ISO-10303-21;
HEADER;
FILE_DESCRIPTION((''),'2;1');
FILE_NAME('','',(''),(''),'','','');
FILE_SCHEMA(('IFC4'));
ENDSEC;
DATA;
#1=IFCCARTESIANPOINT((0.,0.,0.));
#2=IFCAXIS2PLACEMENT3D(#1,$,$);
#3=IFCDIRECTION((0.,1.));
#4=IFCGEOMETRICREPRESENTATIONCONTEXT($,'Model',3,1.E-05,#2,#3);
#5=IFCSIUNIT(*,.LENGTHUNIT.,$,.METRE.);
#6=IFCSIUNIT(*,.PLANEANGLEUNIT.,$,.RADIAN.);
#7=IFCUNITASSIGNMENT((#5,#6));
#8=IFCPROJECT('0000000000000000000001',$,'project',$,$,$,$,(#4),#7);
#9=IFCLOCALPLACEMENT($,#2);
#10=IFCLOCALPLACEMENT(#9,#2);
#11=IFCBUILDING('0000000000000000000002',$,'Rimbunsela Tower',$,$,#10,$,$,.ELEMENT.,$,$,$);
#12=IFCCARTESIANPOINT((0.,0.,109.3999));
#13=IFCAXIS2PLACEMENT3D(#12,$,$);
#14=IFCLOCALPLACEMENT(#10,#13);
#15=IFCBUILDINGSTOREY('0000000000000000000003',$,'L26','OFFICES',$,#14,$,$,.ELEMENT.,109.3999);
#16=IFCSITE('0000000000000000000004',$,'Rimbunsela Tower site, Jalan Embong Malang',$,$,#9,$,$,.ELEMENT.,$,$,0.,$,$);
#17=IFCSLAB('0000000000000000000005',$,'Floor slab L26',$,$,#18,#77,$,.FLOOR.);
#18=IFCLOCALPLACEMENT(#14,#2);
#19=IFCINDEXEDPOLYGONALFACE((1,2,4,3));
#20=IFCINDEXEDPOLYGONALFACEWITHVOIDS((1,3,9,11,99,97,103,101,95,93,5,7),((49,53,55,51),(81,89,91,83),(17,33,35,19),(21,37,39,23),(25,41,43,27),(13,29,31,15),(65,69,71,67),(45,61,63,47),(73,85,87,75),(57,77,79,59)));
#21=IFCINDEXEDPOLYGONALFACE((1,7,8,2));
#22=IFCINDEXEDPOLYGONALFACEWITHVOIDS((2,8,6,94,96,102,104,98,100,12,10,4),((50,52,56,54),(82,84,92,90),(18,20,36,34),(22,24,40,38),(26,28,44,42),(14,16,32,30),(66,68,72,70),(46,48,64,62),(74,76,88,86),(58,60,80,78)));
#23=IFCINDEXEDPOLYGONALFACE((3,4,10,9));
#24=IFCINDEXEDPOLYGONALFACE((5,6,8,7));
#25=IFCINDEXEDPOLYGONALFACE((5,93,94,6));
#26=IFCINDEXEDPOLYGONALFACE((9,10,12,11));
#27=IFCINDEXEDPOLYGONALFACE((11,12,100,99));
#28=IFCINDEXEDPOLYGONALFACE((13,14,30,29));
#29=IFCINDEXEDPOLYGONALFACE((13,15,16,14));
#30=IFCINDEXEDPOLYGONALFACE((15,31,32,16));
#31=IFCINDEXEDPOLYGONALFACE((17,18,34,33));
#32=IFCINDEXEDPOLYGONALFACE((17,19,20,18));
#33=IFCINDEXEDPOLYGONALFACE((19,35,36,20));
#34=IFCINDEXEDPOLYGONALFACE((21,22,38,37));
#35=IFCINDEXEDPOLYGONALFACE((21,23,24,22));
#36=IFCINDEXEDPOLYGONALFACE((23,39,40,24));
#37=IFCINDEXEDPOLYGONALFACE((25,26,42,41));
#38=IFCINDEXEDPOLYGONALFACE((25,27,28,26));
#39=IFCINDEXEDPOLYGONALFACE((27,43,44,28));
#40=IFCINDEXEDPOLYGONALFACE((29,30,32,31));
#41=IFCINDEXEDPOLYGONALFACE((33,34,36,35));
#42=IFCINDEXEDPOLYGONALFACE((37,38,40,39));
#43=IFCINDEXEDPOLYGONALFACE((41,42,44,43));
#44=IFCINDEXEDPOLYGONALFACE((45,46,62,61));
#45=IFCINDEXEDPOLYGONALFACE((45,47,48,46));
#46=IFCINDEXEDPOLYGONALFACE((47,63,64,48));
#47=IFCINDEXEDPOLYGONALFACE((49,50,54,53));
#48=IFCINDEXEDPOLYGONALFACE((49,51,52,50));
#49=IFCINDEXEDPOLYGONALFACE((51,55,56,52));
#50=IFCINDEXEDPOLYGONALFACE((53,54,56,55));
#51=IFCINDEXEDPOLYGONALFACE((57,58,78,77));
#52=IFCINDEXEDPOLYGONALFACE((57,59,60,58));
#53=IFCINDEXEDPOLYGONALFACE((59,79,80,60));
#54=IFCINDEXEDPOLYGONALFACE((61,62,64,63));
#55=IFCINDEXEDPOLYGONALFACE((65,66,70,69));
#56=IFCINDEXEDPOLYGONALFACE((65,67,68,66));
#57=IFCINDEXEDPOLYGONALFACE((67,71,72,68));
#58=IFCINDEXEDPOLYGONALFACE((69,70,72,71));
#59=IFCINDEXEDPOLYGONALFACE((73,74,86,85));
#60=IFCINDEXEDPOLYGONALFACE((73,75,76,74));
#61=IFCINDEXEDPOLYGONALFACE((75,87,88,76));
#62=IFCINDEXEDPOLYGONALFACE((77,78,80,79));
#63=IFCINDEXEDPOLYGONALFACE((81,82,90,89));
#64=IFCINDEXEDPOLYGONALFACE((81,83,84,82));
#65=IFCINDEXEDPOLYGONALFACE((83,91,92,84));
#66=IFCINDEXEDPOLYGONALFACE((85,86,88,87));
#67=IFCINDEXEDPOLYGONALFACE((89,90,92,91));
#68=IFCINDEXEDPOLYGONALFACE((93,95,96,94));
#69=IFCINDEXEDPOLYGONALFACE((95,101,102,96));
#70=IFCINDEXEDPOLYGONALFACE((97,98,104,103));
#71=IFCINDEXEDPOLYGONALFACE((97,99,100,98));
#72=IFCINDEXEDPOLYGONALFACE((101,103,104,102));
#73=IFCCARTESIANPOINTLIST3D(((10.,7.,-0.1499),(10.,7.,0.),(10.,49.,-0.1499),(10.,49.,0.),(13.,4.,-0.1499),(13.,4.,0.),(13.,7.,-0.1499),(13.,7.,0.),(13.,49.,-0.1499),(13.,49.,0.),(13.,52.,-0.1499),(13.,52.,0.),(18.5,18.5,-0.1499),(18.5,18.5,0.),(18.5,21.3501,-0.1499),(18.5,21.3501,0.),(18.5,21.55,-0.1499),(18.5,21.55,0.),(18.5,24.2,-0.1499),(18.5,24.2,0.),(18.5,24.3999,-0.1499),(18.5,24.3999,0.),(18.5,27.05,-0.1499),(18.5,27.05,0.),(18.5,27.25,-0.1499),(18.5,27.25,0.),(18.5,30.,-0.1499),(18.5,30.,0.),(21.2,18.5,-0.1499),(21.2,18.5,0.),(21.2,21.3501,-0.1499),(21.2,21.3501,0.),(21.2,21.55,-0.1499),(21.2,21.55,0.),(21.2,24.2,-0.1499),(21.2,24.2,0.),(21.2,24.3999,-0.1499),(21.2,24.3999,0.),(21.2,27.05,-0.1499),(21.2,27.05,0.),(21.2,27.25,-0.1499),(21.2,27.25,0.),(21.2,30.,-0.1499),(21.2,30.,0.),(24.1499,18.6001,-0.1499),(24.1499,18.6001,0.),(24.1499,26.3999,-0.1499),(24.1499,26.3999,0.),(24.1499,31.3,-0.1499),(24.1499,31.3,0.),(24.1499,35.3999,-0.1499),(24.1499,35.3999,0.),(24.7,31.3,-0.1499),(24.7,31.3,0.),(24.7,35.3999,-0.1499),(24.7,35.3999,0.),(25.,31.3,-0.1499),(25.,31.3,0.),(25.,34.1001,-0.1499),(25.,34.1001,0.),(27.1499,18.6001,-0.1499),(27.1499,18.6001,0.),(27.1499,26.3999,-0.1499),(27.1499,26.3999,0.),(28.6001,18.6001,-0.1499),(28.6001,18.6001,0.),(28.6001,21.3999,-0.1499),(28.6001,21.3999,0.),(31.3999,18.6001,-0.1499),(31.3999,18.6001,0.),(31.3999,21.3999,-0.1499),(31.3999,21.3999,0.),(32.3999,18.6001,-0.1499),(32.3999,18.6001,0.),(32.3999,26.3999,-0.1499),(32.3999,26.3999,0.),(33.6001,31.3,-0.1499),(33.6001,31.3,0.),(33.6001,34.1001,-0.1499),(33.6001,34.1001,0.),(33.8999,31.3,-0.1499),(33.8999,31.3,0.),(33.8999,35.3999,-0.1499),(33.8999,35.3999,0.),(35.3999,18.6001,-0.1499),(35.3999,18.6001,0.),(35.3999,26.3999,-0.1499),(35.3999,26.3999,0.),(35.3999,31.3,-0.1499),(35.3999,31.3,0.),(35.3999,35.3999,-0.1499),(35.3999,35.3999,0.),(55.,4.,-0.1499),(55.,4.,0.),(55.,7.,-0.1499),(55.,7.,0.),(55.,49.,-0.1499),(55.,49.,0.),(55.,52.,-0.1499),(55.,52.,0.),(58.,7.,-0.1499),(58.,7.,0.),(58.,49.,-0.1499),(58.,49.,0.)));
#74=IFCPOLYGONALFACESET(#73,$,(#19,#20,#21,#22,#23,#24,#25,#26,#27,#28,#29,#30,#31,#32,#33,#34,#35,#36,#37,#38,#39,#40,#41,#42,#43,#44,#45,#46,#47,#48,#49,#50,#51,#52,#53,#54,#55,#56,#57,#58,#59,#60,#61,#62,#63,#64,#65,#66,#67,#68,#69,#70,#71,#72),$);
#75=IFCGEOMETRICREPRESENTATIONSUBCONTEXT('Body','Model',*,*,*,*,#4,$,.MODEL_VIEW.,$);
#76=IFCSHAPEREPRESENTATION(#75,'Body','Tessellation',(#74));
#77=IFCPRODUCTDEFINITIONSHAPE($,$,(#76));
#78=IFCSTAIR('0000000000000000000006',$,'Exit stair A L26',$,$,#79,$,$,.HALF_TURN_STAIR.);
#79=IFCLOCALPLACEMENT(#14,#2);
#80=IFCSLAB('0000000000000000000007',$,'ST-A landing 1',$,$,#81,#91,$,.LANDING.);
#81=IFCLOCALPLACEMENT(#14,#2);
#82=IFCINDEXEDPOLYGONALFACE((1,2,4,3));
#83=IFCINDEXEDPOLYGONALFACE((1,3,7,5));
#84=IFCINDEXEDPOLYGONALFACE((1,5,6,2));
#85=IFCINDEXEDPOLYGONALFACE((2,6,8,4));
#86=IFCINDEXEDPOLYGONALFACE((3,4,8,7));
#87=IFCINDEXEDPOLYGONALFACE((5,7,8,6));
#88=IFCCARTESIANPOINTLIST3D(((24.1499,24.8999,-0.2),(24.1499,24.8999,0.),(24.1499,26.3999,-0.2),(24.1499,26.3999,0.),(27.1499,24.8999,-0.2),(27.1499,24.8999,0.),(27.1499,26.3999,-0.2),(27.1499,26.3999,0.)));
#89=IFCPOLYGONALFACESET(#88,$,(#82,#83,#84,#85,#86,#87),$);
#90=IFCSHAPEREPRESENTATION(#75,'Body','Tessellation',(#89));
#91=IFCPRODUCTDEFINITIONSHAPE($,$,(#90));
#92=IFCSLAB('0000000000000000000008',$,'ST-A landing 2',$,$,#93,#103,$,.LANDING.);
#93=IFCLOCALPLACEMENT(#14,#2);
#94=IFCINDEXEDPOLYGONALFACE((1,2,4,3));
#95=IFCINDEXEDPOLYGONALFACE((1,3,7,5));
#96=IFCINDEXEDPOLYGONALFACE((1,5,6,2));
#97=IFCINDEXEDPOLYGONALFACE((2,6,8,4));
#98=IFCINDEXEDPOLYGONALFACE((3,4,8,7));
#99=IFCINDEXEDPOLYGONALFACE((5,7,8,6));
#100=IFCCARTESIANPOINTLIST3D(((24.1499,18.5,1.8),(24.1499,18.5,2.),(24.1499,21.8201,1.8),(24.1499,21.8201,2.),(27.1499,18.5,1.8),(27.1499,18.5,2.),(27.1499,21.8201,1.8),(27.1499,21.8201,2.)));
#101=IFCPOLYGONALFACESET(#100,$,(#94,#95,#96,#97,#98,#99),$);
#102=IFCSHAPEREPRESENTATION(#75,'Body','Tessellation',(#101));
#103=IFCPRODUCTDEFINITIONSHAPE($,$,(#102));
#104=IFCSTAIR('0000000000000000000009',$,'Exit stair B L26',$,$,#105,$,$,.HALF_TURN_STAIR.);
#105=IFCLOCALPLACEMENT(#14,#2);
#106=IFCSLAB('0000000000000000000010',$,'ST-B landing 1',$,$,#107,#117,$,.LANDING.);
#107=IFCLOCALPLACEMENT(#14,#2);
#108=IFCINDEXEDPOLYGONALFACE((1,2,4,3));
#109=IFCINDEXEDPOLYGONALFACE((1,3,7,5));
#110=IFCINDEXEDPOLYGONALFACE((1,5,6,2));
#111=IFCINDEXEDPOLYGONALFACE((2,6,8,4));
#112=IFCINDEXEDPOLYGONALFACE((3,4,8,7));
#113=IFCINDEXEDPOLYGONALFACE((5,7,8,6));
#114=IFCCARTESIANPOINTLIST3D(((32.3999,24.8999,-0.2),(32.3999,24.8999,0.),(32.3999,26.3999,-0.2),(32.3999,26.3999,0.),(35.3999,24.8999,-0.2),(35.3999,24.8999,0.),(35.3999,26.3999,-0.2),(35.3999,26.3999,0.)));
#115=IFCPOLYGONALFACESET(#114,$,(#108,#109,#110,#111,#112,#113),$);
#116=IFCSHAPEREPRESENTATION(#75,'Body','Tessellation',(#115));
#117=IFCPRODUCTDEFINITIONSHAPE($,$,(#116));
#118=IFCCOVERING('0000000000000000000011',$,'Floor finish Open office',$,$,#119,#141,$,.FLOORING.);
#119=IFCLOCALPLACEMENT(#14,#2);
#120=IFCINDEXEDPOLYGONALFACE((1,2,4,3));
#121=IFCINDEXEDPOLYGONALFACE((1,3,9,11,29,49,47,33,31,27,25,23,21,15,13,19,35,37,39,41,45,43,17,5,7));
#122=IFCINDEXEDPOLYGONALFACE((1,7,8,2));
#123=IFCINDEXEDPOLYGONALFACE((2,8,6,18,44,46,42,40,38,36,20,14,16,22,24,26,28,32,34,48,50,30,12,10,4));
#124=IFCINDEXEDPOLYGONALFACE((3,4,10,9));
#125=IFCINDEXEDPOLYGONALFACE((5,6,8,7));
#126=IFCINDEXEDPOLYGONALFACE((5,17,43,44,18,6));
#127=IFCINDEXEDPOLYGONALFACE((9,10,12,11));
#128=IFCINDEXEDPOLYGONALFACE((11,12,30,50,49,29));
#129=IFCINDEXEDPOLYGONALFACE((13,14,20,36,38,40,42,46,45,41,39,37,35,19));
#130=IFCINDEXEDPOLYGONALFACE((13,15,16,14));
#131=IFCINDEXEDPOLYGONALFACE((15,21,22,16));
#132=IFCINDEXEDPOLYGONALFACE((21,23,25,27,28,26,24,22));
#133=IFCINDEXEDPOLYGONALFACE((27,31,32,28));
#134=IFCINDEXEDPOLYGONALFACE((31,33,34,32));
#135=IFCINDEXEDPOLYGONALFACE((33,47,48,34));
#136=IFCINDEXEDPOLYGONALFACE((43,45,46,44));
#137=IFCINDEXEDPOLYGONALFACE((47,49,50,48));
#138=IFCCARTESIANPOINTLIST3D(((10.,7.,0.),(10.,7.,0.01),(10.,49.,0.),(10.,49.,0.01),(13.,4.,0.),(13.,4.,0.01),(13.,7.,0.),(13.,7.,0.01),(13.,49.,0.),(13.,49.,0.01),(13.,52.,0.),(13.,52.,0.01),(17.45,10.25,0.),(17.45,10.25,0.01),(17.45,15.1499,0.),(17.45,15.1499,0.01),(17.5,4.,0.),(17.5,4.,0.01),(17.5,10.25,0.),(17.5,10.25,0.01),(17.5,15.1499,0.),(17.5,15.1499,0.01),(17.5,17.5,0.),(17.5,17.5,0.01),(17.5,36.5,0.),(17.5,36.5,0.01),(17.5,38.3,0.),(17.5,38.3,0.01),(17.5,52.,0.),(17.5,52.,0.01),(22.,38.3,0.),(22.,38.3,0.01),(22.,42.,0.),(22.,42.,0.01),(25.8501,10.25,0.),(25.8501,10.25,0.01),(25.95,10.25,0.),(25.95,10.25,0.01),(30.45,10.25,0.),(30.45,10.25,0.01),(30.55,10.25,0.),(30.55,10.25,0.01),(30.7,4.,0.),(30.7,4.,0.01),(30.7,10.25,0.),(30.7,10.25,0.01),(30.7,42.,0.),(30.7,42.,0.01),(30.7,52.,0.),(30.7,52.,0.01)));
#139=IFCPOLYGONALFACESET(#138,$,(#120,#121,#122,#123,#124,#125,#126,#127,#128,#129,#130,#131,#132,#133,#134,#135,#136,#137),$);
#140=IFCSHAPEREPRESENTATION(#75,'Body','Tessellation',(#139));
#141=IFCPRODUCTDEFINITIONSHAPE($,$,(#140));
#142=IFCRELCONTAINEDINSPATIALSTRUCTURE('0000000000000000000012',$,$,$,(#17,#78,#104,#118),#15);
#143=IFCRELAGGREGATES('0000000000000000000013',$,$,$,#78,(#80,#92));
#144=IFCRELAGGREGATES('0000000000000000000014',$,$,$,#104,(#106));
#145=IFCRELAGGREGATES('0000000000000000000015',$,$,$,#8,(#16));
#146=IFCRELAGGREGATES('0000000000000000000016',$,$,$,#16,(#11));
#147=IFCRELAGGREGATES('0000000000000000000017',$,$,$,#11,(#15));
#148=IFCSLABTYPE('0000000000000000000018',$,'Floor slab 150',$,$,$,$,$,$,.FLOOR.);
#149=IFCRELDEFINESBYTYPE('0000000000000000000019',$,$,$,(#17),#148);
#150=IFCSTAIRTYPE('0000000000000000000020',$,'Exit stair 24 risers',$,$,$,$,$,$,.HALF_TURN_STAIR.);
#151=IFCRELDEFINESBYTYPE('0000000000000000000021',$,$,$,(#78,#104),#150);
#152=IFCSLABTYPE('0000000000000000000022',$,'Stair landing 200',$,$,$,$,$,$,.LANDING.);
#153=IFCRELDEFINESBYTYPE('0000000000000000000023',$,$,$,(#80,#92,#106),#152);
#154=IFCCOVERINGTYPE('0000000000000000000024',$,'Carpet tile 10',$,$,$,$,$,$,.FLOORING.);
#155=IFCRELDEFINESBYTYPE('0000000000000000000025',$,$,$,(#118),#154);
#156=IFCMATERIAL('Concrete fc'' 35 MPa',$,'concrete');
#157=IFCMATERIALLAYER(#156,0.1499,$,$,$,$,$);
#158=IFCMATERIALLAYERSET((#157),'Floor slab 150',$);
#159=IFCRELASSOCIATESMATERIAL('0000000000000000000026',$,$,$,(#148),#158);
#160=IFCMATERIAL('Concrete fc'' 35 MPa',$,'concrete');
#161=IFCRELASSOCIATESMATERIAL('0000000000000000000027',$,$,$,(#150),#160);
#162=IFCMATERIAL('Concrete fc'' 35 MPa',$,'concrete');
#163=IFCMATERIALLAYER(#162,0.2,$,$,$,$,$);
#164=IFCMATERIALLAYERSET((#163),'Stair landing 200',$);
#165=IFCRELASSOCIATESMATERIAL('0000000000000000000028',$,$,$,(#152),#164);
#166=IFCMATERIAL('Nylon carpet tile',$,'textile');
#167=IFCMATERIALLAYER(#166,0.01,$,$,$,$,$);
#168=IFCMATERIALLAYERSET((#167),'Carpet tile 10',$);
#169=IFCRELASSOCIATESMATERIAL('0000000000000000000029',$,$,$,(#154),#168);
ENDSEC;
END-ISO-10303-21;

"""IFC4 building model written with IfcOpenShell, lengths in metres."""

from ifc_helpers import new_model, si_unit, direction, frame, origin, place, context, subcontext, project, spatial, polyline, outline, extrude, material, layer, layer_set, type_object, element, aggregate, save


model = new_model("IFC4")

# Units and contexts
model_context = context("Model", 3, precision=1e-05, world=origin(), true_north=direction((0.0, 1.0)))
body_context = subcontext(model_context, "Body", "Model", "MODEL_VIEW")
ifc_project = project(units=[si_unit("LENGTHUNIT", "METRE"), si_unit("PLANEANGLEUNIT", "RADIAN")], contexts=[model_context])

# Site, building, storey
site_placement = place(None, origin())
site = spatial("IfcSite", under=ifc_project, at=site_placement, Name="Rimbunsela Tower site, Jalan Embong Malang", CompositionType="ELEMENT", RefElevation=0.0)
building_placement = place(site_placement, origin())
building = spatial("IfcBuilding", under=site, at=building_placement, Name="Rimbunsela Tower", CompositionType="ELEMENT")
storey_placement = place(building_placement, frame((0.0, 0.0, 109.3999)))
storey = spatial("IfcBuildingStorey", under=building, at=storey_placement, Name="L26", Description="OFFICES", CompositionType="ELEMENT", Elevation=109.3999)

# Slab
ifc_material_1 = material(Name="Concrete fc' 35 MPa", Category="concrete")
ifc_layer_1 = layer(ifc_material_1, 0.1499)
ifc_layer_set_1 = layer_set([ifc_layer_1], Name="Floor slab 150")
slab_type_1 = type_object("IfcSlabType", Name="Floor slab 150", PredefinedType="FLOOR", material=ifc_layer_set_1)
slab_1_placement = place(storey_placement, frame((0.0, 0.0, -0.1499)))
element("IfcSlab", 1, at=slab_1_placement, inside=storey, type_object=slab_type_1, Name="Floor slab L26", PredefinedType="FLOOR", context=body_context, shape_type="SweptSolid", body=[
    extrude(outline(polyline([(13.0, 4.0), (55.0, 4.0), (55.0, 7.0), (58.0, 7.0), (58.0, 49.0), (55.0, 49.0), (55.0, 52.0), (13.0, 52.0), (13.0, 49.0), (10.0, 49.0), (10.0, 7.0), (13.0, 7.0), (13.0, 4.0)]), holes=[polyline([(21.2, 21.3501), (18.5, 21.3501), (18.5, 18.5), (21.2, 18.5), (21.2, 21.3501)]), polyline([(21.2, 21.55), (21.2, 24.2), (18.5, 24.2), (18.5, 21.55), (21.2, 21.55)]), polyline([(21.2, 27.05), (18.5, 27.05), (18.5, 24.3999), (21.2, 24.3999), (21.2, 27.05)]), polyline([(21.2, 27.25), (21.2, 30.0), (18.5, 30.0), (18.5, 27.25), (21.2, 27.25)]), polyline([(27.1499, 18.6001), (27.1499, 26.3999), (24.1499, 26.3999), (24.1499, 18.6001), (27.1499, 18.6001)]), polyline([(24.7, 31.3), (24.7, 35.3999), (24.1499, 35.3999), (24.1499, 31.3), (24.7, 31.3)]), polyline([(25.0, 34.1001), (25.0, 31.3), (33.6001, 31.3), (33.6001, 34.1001), (25.0, 34.1001)]), polyline([(31.3999, 21.3999), (28.6001, 21.3999), (28.6001, 18.6001), (31.3999, 18.6001), (31.3999, 21.3999)]), polyline([(35.3999, 18.6001), (35.3999, 26.3999), (32.3999, 26.3999), (32.3999, 18.6001), (35.3999, 18.6001)]), polyline([(35.3999, 31.3), (35.3999, 35.3999), (33.8999, 35.3999), (33.8999, 31.3), (35.3999, 31.3)])]), origin(), (0.0, 0.0, 1.0), 0.1499),
])

# Stair, slabs
ifc_material_2 = material(Name="Concrete fc' 35 MPa", Category="concrete")
stair_type = type_object("IfcStairType", Name="Exit stair 24 risers", PredefinedType="HALF_TURN_STAIR", material=ifc_material_2)
stair_1_placement = place(storey_placement, origin())
stair_1 = element("IfcStair", 2, at=stair_1_placement, inside=storey, type_object=stair_type, Name="Exit stair A L26", PredefinedType="HALF_TURN_STAIR")
ifc_material_3 = material(Name="Concrete fc' 35 MPa", Category="concrete")
ifc_layer_2 = layer(ifc_material_3, 0.2)
ifc_layer_set_2 = layer_set([ifc_layer_2], Name="Stair landing 200")
slab_type_2 = type_object("IfcSlabType", Name="Stair landing 200", PredefinedType="LANDING", material=ifc_layer_set_2)
slab_2_placement = place(storey_placement, frame((0.0, 0.0, -0.2)))
slab_2 = element("IfcSlab", 3, at=slab_2_placement, type_object=slab_type_2, Name="ST-A landing 1", PredefinedType="LANDING", context=body_context, shape_type="SweptSolid", body=[
    extrude(outline(polyline([(24.1499, 24.8999), (27.1499, 24.8999), (27.1499, 26.3999), (24.1499, 26.3999), (24.1499, 24.8999)])), origin(), (0.0, 0.0, 1.0), 0.2),
])
slab_3_placement = place(storey_placement, frame((0.0, 0.0, 1.8)))
slab_3 = element("IfcSlab", 4, at=slab_3_placement, type_object=slab_type_2, Name="ST-A landing 2", PredefinedType="LANDING", context=body_context, shape_type="SweptSolid", body=[
    extrude(outline(polyline([(24.1499, 18.5), (27.1499, 18.5), (27.1499, 21.8201), (24.1499, 21.8201), (24.1499, 18.5)])), origin(), (0.0, 0.0, 1.0), 0.2),
])
aggregate(stair_1, [slab_2, slab_3])

# Stair, slab
stair_2_placement = place(storey_placement, origin())
stair_2 = element("IfcStair", 5, at=stair_2_placement, inside=storey, type_object=stair_type, Name="Exit stair B L26", PredefinedType="HALF_TURN_STAIR")
slab_4_placement = place(storey_placement, frame((0.0, 0.0, -0.2)))
slab_4 = element("IfcSlab", 6, at=slab_4_placement, type_object=slab_type_2, Name="ST-B landing 1", PredefinedType="LANDING", context=body_context, shape_type="SweptSolid", body=[
    extrude(outline(polyline([(32.3999, 24.8999), (35.3999, 24.8999), (35.3999, 26.3999), (32.3999, 26.3999), (32.3999, 24.8999)])), origin(), (0.0, 0.0, 1.0), 0.2),
])
aggregate(stair_2, [slab_4])

# Covering
ifc_material_4 = material(Name="Nylon carpet tile", Category="textile")
ifc_layer_3 = layer(ifc_material_4, 0.01)
ifc_layer_set_3 = layer_set([ifc_layer_3], Name="Carpet tile 10")
covering_type_1 = type_object("IfcCoveringType", Name="Carpet tile 10", PredefinedType="FLOORING", material=ifc_layer_set_3)
covering_1_placement = place(storey_placement, origin())
element("IfcCovering", 7, at=covering_1_placement, inside=storey, type_object=covering_type_1, Name="Floor finish Open office", PredefinedType="FLOORING", context=body_context, shape_type="SweptSolid", body=[
    extrude(outline(polyline([(17.5, 4.0), (13.0, 4.0), (13.0, 7.0), (10.0, 7.0), (10.0, 49.0), (13.0, 49.0), (13.0, 52.0), (17.5, 52.0), (30.7, 52.0), (30.7, 42.0), (22.0, 42.0), (22.0, 38.3), (17.5, 38.3), (17.5, 36.5), (17.5, 17.5), (17.5, 15.1499), (17.45, 15.1499), (17.45, 10.25), (17.5, 10.25), (25.8501, 10.25), (25.95, 10.25), (30.45, 10.25), (30.55, 10.25), (30.7, 10.25), (30.7, 4.0), (17.5, 4.0)])), origin(), (0.0, 0.0, 1.0), 0.01),
])

save(model, "model.ifc")
